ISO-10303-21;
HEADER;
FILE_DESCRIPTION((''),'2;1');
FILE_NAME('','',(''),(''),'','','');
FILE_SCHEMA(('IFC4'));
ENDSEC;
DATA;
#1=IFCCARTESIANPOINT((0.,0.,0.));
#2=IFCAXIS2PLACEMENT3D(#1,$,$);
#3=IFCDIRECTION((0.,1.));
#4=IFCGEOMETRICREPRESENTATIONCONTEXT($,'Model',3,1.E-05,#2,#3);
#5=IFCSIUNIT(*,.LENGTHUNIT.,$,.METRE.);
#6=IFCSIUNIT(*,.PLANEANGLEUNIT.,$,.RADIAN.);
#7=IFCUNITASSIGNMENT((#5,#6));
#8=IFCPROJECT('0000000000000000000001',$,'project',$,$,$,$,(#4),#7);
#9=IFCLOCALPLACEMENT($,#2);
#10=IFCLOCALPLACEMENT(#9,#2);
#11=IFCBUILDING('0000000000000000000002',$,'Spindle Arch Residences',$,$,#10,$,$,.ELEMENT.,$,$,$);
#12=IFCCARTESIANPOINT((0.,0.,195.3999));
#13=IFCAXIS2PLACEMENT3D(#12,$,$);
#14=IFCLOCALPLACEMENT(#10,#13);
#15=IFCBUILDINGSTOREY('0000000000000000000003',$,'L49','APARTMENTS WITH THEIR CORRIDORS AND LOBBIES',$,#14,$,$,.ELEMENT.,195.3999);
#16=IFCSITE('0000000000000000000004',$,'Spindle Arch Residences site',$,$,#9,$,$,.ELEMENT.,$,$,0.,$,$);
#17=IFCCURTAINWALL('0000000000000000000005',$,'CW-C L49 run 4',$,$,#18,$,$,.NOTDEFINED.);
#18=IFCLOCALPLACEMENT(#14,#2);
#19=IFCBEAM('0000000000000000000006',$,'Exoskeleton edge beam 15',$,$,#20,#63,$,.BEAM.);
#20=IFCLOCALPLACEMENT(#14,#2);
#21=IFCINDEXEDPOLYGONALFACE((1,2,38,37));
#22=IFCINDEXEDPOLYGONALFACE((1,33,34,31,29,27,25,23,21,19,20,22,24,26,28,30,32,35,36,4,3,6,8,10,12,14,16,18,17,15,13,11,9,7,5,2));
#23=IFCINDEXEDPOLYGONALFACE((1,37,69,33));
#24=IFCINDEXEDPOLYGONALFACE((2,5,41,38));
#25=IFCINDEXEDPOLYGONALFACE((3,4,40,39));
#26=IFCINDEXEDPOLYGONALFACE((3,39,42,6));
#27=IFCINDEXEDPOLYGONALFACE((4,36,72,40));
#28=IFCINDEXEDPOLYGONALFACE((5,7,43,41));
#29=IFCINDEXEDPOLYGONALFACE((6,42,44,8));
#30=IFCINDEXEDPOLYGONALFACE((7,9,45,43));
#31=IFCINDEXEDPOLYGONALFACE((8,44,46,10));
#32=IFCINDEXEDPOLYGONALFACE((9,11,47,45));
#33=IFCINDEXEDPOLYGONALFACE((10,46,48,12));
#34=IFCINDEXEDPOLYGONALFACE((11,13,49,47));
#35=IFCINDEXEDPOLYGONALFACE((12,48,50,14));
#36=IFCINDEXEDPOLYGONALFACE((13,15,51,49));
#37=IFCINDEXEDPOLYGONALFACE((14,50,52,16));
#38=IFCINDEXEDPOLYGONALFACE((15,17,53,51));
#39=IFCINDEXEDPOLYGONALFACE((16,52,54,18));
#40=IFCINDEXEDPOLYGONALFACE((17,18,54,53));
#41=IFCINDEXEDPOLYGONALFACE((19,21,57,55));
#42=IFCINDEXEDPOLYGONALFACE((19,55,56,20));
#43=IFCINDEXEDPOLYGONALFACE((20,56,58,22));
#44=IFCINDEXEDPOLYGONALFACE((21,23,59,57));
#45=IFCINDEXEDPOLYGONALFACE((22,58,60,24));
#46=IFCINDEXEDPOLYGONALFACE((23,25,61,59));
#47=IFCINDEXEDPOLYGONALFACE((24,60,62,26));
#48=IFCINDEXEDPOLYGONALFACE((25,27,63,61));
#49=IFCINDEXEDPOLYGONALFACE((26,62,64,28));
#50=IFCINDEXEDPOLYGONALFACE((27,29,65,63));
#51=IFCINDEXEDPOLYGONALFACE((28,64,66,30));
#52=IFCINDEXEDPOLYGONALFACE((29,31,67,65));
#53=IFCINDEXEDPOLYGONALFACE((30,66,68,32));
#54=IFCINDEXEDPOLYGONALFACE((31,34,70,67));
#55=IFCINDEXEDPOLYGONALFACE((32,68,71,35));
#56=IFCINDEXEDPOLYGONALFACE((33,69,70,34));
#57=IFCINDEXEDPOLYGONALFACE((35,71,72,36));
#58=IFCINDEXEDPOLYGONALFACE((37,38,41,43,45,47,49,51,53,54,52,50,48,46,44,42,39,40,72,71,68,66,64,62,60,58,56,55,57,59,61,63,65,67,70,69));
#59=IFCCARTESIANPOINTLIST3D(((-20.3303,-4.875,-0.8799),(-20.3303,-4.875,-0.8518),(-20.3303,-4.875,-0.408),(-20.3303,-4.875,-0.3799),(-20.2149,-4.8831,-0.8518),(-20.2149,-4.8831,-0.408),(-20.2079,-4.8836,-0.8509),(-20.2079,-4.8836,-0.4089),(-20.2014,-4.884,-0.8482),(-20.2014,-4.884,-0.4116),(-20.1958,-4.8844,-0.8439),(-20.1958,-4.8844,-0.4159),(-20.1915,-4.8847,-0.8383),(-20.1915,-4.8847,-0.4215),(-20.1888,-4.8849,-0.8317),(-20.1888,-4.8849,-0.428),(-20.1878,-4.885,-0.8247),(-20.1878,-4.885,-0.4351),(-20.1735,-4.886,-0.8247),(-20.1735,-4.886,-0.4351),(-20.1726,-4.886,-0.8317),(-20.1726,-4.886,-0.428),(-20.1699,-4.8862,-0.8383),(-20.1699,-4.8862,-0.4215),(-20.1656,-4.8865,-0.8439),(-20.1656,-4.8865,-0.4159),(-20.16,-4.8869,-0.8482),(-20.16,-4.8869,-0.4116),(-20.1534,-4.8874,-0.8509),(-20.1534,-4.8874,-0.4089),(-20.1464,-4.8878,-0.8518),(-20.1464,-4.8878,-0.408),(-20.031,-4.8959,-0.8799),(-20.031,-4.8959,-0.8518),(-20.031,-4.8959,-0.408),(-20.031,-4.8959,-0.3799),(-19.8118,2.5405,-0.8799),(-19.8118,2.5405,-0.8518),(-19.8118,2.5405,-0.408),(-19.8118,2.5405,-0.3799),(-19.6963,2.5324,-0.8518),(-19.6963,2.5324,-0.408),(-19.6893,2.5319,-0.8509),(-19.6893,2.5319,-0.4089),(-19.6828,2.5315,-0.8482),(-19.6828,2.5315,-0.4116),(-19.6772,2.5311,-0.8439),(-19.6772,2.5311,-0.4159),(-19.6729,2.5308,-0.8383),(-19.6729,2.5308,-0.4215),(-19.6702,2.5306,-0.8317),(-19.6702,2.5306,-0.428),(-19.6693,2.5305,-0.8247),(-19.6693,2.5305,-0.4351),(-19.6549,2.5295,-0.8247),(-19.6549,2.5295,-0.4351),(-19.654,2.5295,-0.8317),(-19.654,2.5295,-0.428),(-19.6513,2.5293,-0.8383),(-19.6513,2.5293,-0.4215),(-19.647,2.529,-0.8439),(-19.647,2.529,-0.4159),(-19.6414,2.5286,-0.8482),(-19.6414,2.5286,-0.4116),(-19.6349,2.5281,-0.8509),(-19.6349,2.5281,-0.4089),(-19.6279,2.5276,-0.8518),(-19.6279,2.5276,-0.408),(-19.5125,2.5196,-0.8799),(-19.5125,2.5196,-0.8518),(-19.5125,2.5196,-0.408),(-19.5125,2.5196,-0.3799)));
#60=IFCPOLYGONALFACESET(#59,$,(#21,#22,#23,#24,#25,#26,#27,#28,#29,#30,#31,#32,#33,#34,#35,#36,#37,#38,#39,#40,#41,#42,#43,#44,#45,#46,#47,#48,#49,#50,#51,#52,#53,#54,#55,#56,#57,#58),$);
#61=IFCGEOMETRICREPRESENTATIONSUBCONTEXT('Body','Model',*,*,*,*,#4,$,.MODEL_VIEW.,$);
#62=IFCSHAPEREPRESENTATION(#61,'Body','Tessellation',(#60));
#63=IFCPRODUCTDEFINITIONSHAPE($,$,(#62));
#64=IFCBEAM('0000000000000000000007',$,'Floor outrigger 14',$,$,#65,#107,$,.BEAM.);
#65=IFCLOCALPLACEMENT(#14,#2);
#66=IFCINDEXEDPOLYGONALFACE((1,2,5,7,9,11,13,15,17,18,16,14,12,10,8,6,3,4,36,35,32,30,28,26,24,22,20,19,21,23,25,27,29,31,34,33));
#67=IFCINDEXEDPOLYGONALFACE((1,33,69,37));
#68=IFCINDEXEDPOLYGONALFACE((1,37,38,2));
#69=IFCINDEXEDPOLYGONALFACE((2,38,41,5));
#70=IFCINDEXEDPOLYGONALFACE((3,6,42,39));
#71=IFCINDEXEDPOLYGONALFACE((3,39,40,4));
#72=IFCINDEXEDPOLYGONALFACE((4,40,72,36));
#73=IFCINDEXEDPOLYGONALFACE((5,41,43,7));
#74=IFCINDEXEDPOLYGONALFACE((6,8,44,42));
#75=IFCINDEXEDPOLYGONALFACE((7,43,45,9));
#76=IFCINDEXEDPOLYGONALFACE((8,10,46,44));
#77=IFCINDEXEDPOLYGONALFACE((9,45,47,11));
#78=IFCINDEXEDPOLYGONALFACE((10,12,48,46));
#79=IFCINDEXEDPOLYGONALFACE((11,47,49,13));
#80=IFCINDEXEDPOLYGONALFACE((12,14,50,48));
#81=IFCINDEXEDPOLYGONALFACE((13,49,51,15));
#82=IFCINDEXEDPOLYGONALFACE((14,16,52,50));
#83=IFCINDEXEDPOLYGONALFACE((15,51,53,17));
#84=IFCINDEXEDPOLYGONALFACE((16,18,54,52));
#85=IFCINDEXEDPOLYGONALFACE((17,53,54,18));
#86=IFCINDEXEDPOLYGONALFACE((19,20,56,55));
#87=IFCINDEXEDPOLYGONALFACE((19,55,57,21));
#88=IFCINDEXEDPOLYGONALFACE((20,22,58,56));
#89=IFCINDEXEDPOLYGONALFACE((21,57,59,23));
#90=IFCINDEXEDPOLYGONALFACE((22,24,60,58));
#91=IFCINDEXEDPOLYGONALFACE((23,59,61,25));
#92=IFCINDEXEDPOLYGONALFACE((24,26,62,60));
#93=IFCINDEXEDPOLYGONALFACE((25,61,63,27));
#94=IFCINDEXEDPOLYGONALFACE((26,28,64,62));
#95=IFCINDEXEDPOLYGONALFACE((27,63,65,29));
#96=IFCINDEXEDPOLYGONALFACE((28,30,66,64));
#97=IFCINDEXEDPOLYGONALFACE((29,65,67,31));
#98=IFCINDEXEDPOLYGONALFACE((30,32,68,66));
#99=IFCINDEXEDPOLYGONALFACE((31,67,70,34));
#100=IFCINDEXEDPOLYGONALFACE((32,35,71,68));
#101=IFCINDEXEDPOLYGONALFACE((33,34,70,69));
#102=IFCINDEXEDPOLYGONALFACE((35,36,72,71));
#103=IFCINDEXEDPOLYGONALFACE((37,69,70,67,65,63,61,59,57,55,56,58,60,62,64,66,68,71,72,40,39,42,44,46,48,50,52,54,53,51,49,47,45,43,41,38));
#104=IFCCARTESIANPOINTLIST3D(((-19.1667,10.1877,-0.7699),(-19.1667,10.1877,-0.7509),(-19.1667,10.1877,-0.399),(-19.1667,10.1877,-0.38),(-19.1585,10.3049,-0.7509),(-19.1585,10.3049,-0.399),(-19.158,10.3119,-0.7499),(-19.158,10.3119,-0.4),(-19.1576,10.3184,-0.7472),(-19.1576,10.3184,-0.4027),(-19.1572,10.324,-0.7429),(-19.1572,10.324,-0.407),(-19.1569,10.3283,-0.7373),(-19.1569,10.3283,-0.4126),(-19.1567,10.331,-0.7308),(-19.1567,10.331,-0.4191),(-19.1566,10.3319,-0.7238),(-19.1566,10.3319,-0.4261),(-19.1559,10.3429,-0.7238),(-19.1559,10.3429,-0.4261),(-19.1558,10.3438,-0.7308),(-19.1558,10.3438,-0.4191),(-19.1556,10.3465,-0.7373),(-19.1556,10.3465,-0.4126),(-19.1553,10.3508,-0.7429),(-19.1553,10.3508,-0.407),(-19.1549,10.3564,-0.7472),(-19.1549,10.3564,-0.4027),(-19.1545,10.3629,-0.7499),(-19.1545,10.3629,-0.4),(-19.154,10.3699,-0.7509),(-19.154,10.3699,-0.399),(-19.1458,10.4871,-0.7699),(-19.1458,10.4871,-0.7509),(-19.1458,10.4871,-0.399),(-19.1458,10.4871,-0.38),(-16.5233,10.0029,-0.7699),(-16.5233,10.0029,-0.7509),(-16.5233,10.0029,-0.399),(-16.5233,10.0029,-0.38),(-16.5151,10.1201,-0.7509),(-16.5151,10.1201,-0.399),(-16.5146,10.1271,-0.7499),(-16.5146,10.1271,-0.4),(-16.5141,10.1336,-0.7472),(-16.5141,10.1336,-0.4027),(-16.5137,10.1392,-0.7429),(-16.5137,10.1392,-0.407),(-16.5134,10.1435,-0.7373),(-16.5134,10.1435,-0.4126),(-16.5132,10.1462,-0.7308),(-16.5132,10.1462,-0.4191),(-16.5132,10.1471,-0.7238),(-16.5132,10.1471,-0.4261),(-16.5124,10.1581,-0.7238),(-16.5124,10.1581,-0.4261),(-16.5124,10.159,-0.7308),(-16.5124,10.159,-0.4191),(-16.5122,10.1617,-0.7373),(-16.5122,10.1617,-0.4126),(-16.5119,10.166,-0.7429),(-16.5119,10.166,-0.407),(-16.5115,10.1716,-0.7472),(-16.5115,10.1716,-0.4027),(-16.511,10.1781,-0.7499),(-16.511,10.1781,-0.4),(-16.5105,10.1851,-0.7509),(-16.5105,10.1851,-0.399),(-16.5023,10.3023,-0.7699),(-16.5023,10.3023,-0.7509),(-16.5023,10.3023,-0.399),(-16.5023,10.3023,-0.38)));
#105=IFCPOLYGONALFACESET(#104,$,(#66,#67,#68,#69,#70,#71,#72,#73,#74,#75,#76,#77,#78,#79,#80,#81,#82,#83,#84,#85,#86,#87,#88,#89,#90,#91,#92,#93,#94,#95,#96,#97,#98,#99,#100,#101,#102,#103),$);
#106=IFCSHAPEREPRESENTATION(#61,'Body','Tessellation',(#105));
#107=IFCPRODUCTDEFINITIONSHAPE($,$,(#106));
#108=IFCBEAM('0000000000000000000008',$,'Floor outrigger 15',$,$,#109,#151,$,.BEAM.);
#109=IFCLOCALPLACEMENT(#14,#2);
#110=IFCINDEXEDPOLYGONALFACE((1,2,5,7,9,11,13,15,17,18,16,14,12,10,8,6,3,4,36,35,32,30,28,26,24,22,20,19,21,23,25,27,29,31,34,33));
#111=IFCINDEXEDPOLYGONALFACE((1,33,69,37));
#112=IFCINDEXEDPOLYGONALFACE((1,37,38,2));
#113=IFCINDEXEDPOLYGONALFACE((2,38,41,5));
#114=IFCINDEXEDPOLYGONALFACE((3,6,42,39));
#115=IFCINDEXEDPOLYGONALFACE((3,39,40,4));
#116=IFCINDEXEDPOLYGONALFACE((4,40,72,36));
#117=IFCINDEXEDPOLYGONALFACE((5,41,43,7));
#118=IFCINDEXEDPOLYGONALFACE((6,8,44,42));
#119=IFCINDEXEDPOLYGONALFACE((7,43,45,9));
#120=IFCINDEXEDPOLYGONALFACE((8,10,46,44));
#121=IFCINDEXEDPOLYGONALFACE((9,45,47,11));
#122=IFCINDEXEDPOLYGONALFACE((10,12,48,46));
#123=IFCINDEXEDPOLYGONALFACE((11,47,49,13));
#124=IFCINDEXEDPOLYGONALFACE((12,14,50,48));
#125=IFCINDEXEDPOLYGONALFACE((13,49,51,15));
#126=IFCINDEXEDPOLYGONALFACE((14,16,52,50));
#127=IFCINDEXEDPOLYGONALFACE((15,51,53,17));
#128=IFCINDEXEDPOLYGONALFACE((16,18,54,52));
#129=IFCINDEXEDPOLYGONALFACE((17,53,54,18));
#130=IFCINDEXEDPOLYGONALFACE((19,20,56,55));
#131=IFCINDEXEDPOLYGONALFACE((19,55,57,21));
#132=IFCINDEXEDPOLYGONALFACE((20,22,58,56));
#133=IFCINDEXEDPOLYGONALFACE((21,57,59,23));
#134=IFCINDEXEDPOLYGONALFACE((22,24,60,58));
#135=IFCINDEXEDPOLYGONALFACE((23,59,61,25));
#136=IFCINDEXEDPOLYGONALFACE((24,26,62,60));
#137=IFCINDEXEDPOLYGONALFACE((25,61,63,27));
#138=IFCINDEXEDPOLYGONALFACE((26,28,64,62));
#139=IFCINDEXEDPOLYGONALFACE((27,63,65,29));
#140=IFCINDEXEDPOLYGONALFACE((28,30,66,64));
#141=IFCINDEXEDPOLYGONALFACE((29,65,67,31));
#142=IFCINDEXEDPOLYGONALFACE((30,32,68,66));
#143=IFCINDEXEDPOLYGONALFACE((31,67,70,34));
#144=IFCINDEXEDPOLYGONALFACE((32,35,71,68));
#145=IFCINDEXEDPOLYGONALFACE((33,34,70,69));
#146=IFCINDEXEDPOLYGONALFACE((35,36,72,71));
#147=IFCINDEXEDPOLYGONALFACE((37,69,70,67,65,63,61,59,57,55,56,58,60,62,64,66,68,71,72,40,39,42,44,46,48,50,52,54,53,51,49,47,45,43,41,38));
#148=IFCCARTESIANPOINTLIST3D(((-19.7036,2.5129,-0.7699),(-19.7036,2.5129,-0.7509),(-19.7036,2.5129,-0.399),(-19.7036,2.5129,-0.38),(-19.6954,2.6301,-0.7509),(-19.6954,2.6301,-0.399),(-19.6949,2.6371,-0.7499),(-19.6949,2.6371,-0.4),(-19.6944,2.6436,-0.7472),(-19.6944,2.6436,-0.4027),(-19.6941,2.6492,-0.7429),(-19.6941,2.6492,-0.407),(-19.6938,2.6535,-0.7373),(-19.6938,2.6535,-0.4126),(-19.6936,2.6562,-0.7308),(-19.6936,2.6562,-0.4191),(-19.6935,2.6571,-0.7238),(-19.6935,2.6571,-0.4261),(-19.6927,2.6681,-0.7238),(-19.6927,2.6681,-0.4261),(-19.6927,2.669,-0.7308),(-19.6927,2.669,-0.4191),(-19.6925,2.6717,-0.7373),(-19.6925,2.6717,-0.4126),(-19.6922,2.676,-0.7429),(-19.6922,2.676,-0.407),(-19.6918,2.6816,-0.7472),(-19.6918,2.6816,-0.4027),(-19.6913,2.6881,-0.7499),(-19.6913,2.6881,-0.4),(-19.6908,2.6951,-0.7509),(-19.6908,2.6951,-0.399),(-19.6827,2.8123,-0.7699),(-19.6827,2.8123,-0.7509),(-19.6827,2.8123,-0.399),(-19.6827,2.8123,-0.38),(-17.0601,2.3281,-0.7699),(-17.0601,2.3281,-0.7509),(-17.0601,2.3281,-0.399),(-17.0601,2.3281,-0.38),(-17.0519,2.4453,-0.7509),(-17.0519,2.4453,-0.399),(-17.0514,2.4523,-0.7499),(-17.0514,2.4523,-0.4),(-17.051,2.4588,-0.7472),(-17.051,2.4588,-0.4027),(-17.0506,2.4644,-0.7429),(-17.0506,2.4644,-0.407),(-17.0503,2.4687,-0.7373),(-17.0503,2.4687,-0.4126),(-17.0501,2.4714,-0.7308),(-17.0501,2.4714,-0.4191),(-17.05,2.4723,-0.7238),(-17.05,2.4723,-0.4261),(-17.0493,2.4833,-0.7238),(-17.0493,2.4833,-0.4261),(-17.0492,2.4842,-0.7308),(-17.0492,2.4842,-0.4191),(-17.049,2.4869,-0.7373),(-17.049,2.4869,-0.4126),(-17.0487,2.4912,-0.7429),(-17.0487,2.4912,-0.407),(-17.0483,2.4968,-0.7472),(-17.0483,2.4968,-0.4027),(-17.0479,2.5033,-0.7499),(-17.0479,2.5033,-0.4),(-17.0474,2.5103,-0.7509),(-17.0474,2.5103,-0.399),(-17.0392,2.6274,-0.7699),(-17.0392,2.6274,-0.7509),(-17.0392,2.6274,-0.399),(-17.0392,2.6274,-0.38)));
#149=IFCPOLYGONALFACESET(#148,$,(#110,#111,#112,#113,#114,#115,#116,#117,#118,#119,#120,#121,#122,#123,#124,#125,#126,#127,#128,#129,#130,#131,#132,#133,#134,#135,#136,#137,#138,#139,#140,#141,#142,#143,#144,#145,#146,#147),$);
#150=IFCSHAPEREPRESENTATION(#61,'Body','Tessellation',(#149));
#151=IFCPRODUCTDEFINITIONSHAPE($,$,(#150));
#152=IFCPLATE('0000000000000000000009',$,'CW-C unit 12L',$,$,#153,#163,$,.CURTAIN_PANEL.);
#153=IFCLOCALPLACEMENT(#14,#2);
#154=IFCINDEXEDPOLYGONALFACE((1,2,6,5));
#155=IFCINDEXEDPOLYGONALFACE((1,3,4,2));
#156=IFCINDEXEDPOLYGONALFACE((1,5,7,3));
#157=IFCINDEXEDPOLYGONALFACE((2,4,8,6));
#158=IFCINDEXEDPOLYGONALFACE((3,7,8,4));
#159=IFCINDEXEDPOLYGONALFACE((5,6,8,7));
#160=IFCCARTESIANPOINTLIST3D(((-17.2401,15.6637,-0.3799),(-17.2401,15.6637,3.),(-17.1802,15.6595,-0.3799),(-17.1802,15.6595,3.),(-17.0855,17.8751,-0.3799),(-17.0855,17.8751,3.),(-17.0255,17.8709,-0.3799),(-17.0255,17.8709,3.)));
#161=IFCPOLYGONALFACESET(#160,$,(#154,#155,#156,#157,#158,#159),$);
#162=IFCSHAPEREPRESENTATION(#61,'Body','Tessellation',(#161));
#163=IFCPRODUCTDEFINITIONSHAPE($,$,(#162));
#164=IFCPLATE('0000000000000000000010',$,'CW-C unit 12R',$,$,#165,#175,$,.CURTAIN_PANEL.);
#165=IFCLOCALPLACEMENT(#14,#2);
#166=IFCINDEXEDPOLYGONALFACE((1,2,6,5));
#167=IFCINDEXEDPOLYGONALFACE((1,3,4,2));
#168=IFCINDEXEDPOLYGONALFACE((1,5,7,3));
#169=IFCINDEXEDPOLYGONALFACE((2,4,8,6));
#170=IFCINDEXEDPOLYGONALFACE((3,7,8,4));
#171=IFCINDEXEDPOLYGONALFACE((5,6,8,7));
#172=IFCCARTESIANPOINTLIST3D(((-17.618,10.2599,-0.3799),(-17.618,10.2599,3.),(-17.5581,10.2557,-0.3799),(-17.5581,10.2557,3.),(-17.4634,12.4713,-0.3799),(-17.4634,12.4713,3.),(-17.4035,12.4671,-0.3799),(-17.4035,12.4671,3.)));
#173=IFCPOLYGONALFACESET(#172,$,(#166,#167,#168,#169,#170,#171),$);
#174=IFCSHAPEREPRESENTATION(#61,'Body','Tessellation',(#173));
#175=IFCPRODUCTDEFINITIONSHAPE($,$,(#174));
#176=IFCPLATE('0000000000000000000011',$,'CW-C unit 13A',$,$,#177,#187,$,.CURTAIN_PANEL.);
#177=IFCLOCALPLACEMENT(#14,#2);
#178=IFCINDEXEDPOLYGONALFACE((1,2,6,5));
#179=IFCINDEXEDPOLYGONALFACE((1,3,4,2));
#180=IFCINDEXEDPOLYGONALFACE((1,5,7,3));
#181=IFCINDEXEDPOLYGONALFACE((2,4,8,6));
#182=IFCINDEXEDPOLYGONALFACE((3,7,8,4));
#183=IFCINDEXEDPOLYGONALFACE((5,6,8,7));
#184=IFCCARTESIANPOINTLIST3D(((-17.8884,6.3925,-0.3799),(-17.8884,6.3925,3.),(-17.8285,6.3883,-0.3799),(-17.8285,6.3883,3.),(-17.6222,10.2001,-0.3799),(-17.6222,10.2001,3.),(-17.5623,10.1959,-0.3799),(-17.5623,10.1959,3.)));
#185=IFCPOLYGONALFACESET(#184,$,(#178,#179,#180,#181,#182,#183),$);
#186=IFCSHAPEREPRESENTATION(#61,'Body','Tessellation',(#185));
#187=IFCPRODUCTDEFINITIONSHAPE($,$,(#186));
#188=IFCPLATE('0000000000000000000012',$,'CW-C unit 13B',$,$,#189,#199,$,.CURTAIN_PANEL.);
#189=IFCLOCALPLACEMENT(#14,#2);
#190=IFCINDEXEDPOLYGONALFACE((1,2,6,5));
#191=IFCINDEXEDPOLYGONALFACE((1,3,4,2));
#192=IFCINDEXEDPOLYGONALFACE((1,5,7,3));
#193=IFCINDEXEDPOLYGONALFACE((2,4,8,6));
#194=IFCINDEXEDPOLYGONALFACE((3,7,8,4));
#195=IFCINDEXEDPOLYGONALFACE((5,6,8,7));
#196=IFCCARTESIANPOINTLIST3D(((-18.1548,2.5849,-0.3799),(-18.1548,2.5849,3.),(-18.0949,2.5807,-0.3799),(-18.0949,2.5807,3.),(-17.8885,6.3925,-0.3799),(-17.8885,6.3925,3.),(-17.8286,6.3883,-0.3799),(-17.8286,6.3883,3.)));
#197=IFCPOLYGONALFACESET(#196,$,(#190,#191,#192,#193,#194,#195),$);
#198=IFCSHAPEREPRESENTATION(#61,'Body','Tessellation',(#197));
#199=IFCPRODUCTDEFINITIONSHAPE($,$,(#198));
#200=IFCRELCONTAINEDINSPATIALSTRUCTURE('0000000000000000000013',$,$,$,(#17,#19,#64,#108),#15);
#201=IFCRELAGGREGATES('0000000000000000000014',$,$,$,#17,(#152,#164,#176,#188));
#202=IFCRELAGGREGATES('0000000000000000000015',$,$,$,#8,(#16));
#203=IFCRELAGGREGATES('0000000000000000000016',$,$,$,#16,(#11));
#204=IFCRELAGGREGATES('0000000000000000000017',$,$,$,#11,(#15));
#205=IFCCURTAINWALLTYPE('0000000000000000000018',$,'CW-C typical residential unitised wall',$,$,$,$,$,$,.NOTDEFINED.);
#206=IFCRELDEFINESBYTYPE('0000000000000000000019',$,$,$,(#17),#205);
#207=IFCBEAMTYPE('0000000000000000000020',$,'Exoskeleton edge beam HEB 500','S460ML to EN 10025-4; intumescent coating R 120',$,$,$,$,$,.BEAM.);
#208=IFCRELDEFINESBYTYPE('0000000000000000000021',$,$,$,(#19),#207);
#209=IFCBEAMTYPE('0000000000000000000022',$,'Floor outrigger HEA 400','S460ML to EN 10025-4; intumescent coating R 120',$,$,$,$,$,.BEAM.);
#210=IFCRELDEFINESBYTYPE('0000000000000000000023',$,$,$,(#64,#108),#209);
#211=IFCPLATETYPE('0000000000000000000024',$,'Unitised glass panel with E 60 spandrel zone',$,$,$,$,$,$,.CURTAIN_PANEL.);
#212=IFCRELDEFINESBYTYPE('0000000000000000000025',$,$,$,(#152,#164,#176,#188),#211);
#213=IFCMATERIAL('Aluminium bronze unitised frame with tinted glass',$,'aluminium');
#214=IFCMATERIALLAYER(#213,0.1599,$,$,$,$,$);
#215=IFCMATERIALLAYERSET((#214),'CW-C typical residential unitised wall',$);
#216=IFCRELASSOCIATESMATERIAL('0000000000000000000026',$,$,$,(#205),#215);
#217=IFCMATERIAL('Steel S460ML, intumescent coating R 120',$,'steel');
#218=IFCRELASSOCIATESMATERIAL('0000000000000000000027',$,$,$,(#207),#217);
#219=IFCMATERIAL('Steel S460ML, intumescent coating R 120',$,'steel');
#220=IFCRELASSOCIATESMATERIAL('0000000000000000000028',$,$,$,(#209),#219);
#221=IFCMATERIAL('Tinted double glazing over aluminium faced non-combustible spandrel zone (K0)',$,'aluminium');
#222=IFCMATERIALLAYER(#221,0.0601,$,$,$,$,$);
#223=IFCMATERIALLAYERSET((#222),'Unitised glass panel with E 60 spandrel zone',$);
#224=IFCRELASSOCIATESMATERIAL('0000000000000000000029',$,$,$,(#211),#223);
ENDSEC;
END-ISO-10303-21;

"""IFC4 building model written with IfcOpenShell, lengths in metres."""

from ifc_helpers import new_model, si_unit, direction, frame, origin, origin_2d, place, context, subcontext, project, spatial, rectangle, i_section, extrude, material, layer, layer_set, material_profile, profile_set, type_object, element, aggregate, save


model = new_model("IFC4")

# Units and contexts
model_context = context("Model", 3, precision=1e-05, world=origin(), true_north=direction((0.0, 1.0)))
body_context = subcontext(model_context, "Body", "Model", "MODEL_VIEW")
ifc_project = project(units=[si_unit("LENGTHUNIT", "METRE"), si_unit("PLANEANGLEUNIT", "RADIAN")], contexts=[model_context])

# Site, building, storey
site_placement = place(None, origin())
site = spatial("IfcSite", under=ifc_project, at=site_placement, Name="Spindle Arch Residences site", CompositionType="ELEMENT", RefElevation=0.0)
building_placement = place(site_placement, origin())
building = spatial("IfcBuilding", under=site, at=building_placement, Name="Spindle Arch Residences", CompositionType="ELEMENT")
storey_placement = place(building_placement, frame((0.0, 0.0, 195.3999)))
storey = spatial("IfcBuildingStorey", under=building, at=storey_placement, Name="L49", Description="APARTMENTS WITH THEIR CORRIDORS AND LOBBIES", CompositionType="ELEMENT", Elevation=195.3999)

# Curtain wall
ifc_material_1 = material(Name="Aluminium bronze unitised frame with tinted glass", Category="aluminium")
ifc_layer_1 = layer(ifc_material_1, 0.1599)
ifc_layer_set_1 = layer_set([ifc_layer_1], Name="CW-C typical residential unitised wall")
curtain_wall_type = type_object("IfcCurtainWallType", Name="CW-C typical residential unitised wall", PredefinedType="NOTDEFINED", material=ifc_layer_set_1)
curtain_wall_placement = place(storey_placement, origin())
curtain_wall = element("IfcCurtainWall", 1, at=curtain_wall_placement, inside=storey, type_object=curtain_wall_type, Name="CW-C L49 run 4", PredefinedType="NOTDEFINED")

# Beams
ifc_material_2 = material(Name="Steel S460ML, intumescent coating R 120", Category="steel")
ifc_material_profile_1 = material_profile(ifc_material_2, i_section(OverallWidth=0.3, OverallDepth=0.5, WebThickness=0.0144, FlangeThickness=0.0281, FilletRadius=0.0271, at=origin_2d()), Name="HEB 500")
ifc_profile_set_1 = profile_set([ifc_material_profile_1], Name="Steel S460ML, intumescent coating R 120")
beam_type_1 = type_object("IfcBeamType", Name="Exoskeleton edge beam HEB 500", Description="S460ML to EN 10025-4; intumescent coating R 120", PredefinedType="BEAM", material=ifc_profile_set_1)
beam_1_placement = place(storey_placement, frame((-19.6621, 2.53, -0.6299), z_axis=(-0.069758, -0.997564, 0.0), x_axis=(0.997564, -0.069758, 0.0)))
element("IfcBeam", 2, at=beam_1_placement, inside=storey, type_object=beam_type_1, Name="Exoskeleton edge beam 15", PredefinedType="BEAM", context=body_context, shape_type="SweptSolid", body=[
    extrude(i_section(OverallWidth=0.3, OverallDepth=0.5, WebThickness=0.0144, FlangeThickness=0.0281, FilletRadius=0.0271, at=origin_2d()), origin(), (0.0, 0.0, 1.0), 7.4336),
])
ifc_material_3 = material(Name="Steel S460ML, intumescent coating R 120", Category="steel")
ifc_material_profile_2 = material_profile(ifc_material_3, i_section(OverallWidth=0.3, OverallDepth=0.3899, WebThickness=0.011, FlangeThickness=0.019, FilletRadius=0.0271, at=origin_2d()), Name="HEA 400")
ifc_profile_set_2 = profile_set([ifc_material_profile_2], Name="Steel S460ML, intumescent coating R 120")
beam_type_2 = type_object("IfcBeamType", Name="Floor outrigger HEA 400", Description="S460ML to EN 10025-4; intumescent coating R 120", PredefinedType="BEAM", material=ifc_profile_set_2)
for number, where, z_axis, x_axis, name in (
    (3, (-19.1562, 10.3374, -0.575), (0.997565, -0.069741, 0.0), (0.069741, 0.997565, 0.0), "Floor outrigger 14"),
    (4, (-19.6931, 2.6626, -0.575), (0.997565, -0.069741, 0.0), (0.069741, 0.997565, 0.0), "Floor outrigger 15"),
):
    element("IfcBeam", number, at=place(storey_placement, frame(where, z_axis=z_axis, x_axis=x_axis)), inside=storey, type_object=beam_type_2, Name=name, PredefinedType="BEAM", context=body_context, shape_type="SweptSolid", body=[
        extrude(i_section(OverallWidth=0.3, OverallDepth=0.3899, WebThickness=0.011, FlangeThickness=0.019, FilletRadius=0.0271, at=origin_2d()), origin(), (0.0, 0.0, 1.0), 2.6499),
    ])

# Plates
ifc_material_4 = material(Name="Tinted double glazing over aluminium faced non-combustible spandrel zone (K0)", Category="aluminium")
ifc_layer_2 = layer(ifc_material_4, 0.0601)
ifc_layer_set_2 = layer_set([ifc_layer_2], Name="Unitised glass panel with E 60 spandrel zone")
plate_type = type_object("IfcPlateType", Name="Unitised glass panel with E 60 spandrel zone", PredefinedType="CURTAIN_PANEL", material=ifc_layer_set_2)
plate_1_placement = place(storey_placement, frame((-17.1328, 16.7673, -0.3799), z_axis=(0.0, 0.0, 1.0), x_axis=(-0.069756, -0.997564, 0.0)))
plate_1 = element("IfcPlate", 5, at=plate_1_placement, type_object=plate_type, Name="CW-C unit 12L", PredefinedType="CURTAIN_PANEL", context=body_context, shape_type="SweptSolid", body=[
    extrude(rectangle(XDim=2.2168, YDim=0.0601, at=origin_2d()), origin(), (0.0, 0.0, 1.0), 3.3799),
])
plate_2_placement = place(storey_placement, frame((-17.5107, 11.3635, -0.3799), z_axis=(0.0, 0.0, 1.0), x_axis=(-0.069756, -0.997564, 0.0)))
plate_2 = element("IfcPlate", 6, at=plate_2_placement, type_object=plate_type, Name="CW-C unit 12R", PredefinedType="CURTAIN_PANEL", context=body_context, shape_type="SweptSolid", body=[
    extrude(rectangle(XDim=2.2168, YDim=0.0601, at=origin_2d()), origin(), (0.0, 0.0, 1.0), 3.3799),
])
plate_3_placement = place(storey_placement, frame((-17.7253, 8.2942, -0.3799), z_axis=(0.0, 0.0, 1.0), x_axis=(-0.069756, -0.997564, 0.0)))
plate_3 = element("IfcPlate", 7, at=plate_3_placement, type_object=plate_type, Name="CW-C unit 13A", PredefinedType="CURTAIN_PANEL", context=body_context, shape_type="SweptSolid", body=[
    extrude(rectangle(XDim=3.8169, YDim=0.0601, at=origin_2d()), origin(), (0.0, 0.0, 1.0), 3.3799),
])
plate_4_placement = place(storey_placement, frame((-17.9917, 4.4866, -0.3799), z_axis=(0.0, 0.0, 1.0), x_axis=(-0.069756, -0.997564, 0.0)))
plate_4 = element("IfcPlate", 8, at=plate_4_placement, type_object=plate_type, Name="CW-C unit 13B", PredefinedType="CURTAIN_PANEL", context=body_context, shape_type="SweptSolid", body=[
    extrude(rectangle(XDim=3.8169, YDim=0.0601, at=origin_2d()), origin(), (0.0, 0.0, 1.0), 3.3799),
])
aggregate(curtain_wall, [plate_1, plate_2, plate_3, plate_4])

save(model, "model.ifc")
